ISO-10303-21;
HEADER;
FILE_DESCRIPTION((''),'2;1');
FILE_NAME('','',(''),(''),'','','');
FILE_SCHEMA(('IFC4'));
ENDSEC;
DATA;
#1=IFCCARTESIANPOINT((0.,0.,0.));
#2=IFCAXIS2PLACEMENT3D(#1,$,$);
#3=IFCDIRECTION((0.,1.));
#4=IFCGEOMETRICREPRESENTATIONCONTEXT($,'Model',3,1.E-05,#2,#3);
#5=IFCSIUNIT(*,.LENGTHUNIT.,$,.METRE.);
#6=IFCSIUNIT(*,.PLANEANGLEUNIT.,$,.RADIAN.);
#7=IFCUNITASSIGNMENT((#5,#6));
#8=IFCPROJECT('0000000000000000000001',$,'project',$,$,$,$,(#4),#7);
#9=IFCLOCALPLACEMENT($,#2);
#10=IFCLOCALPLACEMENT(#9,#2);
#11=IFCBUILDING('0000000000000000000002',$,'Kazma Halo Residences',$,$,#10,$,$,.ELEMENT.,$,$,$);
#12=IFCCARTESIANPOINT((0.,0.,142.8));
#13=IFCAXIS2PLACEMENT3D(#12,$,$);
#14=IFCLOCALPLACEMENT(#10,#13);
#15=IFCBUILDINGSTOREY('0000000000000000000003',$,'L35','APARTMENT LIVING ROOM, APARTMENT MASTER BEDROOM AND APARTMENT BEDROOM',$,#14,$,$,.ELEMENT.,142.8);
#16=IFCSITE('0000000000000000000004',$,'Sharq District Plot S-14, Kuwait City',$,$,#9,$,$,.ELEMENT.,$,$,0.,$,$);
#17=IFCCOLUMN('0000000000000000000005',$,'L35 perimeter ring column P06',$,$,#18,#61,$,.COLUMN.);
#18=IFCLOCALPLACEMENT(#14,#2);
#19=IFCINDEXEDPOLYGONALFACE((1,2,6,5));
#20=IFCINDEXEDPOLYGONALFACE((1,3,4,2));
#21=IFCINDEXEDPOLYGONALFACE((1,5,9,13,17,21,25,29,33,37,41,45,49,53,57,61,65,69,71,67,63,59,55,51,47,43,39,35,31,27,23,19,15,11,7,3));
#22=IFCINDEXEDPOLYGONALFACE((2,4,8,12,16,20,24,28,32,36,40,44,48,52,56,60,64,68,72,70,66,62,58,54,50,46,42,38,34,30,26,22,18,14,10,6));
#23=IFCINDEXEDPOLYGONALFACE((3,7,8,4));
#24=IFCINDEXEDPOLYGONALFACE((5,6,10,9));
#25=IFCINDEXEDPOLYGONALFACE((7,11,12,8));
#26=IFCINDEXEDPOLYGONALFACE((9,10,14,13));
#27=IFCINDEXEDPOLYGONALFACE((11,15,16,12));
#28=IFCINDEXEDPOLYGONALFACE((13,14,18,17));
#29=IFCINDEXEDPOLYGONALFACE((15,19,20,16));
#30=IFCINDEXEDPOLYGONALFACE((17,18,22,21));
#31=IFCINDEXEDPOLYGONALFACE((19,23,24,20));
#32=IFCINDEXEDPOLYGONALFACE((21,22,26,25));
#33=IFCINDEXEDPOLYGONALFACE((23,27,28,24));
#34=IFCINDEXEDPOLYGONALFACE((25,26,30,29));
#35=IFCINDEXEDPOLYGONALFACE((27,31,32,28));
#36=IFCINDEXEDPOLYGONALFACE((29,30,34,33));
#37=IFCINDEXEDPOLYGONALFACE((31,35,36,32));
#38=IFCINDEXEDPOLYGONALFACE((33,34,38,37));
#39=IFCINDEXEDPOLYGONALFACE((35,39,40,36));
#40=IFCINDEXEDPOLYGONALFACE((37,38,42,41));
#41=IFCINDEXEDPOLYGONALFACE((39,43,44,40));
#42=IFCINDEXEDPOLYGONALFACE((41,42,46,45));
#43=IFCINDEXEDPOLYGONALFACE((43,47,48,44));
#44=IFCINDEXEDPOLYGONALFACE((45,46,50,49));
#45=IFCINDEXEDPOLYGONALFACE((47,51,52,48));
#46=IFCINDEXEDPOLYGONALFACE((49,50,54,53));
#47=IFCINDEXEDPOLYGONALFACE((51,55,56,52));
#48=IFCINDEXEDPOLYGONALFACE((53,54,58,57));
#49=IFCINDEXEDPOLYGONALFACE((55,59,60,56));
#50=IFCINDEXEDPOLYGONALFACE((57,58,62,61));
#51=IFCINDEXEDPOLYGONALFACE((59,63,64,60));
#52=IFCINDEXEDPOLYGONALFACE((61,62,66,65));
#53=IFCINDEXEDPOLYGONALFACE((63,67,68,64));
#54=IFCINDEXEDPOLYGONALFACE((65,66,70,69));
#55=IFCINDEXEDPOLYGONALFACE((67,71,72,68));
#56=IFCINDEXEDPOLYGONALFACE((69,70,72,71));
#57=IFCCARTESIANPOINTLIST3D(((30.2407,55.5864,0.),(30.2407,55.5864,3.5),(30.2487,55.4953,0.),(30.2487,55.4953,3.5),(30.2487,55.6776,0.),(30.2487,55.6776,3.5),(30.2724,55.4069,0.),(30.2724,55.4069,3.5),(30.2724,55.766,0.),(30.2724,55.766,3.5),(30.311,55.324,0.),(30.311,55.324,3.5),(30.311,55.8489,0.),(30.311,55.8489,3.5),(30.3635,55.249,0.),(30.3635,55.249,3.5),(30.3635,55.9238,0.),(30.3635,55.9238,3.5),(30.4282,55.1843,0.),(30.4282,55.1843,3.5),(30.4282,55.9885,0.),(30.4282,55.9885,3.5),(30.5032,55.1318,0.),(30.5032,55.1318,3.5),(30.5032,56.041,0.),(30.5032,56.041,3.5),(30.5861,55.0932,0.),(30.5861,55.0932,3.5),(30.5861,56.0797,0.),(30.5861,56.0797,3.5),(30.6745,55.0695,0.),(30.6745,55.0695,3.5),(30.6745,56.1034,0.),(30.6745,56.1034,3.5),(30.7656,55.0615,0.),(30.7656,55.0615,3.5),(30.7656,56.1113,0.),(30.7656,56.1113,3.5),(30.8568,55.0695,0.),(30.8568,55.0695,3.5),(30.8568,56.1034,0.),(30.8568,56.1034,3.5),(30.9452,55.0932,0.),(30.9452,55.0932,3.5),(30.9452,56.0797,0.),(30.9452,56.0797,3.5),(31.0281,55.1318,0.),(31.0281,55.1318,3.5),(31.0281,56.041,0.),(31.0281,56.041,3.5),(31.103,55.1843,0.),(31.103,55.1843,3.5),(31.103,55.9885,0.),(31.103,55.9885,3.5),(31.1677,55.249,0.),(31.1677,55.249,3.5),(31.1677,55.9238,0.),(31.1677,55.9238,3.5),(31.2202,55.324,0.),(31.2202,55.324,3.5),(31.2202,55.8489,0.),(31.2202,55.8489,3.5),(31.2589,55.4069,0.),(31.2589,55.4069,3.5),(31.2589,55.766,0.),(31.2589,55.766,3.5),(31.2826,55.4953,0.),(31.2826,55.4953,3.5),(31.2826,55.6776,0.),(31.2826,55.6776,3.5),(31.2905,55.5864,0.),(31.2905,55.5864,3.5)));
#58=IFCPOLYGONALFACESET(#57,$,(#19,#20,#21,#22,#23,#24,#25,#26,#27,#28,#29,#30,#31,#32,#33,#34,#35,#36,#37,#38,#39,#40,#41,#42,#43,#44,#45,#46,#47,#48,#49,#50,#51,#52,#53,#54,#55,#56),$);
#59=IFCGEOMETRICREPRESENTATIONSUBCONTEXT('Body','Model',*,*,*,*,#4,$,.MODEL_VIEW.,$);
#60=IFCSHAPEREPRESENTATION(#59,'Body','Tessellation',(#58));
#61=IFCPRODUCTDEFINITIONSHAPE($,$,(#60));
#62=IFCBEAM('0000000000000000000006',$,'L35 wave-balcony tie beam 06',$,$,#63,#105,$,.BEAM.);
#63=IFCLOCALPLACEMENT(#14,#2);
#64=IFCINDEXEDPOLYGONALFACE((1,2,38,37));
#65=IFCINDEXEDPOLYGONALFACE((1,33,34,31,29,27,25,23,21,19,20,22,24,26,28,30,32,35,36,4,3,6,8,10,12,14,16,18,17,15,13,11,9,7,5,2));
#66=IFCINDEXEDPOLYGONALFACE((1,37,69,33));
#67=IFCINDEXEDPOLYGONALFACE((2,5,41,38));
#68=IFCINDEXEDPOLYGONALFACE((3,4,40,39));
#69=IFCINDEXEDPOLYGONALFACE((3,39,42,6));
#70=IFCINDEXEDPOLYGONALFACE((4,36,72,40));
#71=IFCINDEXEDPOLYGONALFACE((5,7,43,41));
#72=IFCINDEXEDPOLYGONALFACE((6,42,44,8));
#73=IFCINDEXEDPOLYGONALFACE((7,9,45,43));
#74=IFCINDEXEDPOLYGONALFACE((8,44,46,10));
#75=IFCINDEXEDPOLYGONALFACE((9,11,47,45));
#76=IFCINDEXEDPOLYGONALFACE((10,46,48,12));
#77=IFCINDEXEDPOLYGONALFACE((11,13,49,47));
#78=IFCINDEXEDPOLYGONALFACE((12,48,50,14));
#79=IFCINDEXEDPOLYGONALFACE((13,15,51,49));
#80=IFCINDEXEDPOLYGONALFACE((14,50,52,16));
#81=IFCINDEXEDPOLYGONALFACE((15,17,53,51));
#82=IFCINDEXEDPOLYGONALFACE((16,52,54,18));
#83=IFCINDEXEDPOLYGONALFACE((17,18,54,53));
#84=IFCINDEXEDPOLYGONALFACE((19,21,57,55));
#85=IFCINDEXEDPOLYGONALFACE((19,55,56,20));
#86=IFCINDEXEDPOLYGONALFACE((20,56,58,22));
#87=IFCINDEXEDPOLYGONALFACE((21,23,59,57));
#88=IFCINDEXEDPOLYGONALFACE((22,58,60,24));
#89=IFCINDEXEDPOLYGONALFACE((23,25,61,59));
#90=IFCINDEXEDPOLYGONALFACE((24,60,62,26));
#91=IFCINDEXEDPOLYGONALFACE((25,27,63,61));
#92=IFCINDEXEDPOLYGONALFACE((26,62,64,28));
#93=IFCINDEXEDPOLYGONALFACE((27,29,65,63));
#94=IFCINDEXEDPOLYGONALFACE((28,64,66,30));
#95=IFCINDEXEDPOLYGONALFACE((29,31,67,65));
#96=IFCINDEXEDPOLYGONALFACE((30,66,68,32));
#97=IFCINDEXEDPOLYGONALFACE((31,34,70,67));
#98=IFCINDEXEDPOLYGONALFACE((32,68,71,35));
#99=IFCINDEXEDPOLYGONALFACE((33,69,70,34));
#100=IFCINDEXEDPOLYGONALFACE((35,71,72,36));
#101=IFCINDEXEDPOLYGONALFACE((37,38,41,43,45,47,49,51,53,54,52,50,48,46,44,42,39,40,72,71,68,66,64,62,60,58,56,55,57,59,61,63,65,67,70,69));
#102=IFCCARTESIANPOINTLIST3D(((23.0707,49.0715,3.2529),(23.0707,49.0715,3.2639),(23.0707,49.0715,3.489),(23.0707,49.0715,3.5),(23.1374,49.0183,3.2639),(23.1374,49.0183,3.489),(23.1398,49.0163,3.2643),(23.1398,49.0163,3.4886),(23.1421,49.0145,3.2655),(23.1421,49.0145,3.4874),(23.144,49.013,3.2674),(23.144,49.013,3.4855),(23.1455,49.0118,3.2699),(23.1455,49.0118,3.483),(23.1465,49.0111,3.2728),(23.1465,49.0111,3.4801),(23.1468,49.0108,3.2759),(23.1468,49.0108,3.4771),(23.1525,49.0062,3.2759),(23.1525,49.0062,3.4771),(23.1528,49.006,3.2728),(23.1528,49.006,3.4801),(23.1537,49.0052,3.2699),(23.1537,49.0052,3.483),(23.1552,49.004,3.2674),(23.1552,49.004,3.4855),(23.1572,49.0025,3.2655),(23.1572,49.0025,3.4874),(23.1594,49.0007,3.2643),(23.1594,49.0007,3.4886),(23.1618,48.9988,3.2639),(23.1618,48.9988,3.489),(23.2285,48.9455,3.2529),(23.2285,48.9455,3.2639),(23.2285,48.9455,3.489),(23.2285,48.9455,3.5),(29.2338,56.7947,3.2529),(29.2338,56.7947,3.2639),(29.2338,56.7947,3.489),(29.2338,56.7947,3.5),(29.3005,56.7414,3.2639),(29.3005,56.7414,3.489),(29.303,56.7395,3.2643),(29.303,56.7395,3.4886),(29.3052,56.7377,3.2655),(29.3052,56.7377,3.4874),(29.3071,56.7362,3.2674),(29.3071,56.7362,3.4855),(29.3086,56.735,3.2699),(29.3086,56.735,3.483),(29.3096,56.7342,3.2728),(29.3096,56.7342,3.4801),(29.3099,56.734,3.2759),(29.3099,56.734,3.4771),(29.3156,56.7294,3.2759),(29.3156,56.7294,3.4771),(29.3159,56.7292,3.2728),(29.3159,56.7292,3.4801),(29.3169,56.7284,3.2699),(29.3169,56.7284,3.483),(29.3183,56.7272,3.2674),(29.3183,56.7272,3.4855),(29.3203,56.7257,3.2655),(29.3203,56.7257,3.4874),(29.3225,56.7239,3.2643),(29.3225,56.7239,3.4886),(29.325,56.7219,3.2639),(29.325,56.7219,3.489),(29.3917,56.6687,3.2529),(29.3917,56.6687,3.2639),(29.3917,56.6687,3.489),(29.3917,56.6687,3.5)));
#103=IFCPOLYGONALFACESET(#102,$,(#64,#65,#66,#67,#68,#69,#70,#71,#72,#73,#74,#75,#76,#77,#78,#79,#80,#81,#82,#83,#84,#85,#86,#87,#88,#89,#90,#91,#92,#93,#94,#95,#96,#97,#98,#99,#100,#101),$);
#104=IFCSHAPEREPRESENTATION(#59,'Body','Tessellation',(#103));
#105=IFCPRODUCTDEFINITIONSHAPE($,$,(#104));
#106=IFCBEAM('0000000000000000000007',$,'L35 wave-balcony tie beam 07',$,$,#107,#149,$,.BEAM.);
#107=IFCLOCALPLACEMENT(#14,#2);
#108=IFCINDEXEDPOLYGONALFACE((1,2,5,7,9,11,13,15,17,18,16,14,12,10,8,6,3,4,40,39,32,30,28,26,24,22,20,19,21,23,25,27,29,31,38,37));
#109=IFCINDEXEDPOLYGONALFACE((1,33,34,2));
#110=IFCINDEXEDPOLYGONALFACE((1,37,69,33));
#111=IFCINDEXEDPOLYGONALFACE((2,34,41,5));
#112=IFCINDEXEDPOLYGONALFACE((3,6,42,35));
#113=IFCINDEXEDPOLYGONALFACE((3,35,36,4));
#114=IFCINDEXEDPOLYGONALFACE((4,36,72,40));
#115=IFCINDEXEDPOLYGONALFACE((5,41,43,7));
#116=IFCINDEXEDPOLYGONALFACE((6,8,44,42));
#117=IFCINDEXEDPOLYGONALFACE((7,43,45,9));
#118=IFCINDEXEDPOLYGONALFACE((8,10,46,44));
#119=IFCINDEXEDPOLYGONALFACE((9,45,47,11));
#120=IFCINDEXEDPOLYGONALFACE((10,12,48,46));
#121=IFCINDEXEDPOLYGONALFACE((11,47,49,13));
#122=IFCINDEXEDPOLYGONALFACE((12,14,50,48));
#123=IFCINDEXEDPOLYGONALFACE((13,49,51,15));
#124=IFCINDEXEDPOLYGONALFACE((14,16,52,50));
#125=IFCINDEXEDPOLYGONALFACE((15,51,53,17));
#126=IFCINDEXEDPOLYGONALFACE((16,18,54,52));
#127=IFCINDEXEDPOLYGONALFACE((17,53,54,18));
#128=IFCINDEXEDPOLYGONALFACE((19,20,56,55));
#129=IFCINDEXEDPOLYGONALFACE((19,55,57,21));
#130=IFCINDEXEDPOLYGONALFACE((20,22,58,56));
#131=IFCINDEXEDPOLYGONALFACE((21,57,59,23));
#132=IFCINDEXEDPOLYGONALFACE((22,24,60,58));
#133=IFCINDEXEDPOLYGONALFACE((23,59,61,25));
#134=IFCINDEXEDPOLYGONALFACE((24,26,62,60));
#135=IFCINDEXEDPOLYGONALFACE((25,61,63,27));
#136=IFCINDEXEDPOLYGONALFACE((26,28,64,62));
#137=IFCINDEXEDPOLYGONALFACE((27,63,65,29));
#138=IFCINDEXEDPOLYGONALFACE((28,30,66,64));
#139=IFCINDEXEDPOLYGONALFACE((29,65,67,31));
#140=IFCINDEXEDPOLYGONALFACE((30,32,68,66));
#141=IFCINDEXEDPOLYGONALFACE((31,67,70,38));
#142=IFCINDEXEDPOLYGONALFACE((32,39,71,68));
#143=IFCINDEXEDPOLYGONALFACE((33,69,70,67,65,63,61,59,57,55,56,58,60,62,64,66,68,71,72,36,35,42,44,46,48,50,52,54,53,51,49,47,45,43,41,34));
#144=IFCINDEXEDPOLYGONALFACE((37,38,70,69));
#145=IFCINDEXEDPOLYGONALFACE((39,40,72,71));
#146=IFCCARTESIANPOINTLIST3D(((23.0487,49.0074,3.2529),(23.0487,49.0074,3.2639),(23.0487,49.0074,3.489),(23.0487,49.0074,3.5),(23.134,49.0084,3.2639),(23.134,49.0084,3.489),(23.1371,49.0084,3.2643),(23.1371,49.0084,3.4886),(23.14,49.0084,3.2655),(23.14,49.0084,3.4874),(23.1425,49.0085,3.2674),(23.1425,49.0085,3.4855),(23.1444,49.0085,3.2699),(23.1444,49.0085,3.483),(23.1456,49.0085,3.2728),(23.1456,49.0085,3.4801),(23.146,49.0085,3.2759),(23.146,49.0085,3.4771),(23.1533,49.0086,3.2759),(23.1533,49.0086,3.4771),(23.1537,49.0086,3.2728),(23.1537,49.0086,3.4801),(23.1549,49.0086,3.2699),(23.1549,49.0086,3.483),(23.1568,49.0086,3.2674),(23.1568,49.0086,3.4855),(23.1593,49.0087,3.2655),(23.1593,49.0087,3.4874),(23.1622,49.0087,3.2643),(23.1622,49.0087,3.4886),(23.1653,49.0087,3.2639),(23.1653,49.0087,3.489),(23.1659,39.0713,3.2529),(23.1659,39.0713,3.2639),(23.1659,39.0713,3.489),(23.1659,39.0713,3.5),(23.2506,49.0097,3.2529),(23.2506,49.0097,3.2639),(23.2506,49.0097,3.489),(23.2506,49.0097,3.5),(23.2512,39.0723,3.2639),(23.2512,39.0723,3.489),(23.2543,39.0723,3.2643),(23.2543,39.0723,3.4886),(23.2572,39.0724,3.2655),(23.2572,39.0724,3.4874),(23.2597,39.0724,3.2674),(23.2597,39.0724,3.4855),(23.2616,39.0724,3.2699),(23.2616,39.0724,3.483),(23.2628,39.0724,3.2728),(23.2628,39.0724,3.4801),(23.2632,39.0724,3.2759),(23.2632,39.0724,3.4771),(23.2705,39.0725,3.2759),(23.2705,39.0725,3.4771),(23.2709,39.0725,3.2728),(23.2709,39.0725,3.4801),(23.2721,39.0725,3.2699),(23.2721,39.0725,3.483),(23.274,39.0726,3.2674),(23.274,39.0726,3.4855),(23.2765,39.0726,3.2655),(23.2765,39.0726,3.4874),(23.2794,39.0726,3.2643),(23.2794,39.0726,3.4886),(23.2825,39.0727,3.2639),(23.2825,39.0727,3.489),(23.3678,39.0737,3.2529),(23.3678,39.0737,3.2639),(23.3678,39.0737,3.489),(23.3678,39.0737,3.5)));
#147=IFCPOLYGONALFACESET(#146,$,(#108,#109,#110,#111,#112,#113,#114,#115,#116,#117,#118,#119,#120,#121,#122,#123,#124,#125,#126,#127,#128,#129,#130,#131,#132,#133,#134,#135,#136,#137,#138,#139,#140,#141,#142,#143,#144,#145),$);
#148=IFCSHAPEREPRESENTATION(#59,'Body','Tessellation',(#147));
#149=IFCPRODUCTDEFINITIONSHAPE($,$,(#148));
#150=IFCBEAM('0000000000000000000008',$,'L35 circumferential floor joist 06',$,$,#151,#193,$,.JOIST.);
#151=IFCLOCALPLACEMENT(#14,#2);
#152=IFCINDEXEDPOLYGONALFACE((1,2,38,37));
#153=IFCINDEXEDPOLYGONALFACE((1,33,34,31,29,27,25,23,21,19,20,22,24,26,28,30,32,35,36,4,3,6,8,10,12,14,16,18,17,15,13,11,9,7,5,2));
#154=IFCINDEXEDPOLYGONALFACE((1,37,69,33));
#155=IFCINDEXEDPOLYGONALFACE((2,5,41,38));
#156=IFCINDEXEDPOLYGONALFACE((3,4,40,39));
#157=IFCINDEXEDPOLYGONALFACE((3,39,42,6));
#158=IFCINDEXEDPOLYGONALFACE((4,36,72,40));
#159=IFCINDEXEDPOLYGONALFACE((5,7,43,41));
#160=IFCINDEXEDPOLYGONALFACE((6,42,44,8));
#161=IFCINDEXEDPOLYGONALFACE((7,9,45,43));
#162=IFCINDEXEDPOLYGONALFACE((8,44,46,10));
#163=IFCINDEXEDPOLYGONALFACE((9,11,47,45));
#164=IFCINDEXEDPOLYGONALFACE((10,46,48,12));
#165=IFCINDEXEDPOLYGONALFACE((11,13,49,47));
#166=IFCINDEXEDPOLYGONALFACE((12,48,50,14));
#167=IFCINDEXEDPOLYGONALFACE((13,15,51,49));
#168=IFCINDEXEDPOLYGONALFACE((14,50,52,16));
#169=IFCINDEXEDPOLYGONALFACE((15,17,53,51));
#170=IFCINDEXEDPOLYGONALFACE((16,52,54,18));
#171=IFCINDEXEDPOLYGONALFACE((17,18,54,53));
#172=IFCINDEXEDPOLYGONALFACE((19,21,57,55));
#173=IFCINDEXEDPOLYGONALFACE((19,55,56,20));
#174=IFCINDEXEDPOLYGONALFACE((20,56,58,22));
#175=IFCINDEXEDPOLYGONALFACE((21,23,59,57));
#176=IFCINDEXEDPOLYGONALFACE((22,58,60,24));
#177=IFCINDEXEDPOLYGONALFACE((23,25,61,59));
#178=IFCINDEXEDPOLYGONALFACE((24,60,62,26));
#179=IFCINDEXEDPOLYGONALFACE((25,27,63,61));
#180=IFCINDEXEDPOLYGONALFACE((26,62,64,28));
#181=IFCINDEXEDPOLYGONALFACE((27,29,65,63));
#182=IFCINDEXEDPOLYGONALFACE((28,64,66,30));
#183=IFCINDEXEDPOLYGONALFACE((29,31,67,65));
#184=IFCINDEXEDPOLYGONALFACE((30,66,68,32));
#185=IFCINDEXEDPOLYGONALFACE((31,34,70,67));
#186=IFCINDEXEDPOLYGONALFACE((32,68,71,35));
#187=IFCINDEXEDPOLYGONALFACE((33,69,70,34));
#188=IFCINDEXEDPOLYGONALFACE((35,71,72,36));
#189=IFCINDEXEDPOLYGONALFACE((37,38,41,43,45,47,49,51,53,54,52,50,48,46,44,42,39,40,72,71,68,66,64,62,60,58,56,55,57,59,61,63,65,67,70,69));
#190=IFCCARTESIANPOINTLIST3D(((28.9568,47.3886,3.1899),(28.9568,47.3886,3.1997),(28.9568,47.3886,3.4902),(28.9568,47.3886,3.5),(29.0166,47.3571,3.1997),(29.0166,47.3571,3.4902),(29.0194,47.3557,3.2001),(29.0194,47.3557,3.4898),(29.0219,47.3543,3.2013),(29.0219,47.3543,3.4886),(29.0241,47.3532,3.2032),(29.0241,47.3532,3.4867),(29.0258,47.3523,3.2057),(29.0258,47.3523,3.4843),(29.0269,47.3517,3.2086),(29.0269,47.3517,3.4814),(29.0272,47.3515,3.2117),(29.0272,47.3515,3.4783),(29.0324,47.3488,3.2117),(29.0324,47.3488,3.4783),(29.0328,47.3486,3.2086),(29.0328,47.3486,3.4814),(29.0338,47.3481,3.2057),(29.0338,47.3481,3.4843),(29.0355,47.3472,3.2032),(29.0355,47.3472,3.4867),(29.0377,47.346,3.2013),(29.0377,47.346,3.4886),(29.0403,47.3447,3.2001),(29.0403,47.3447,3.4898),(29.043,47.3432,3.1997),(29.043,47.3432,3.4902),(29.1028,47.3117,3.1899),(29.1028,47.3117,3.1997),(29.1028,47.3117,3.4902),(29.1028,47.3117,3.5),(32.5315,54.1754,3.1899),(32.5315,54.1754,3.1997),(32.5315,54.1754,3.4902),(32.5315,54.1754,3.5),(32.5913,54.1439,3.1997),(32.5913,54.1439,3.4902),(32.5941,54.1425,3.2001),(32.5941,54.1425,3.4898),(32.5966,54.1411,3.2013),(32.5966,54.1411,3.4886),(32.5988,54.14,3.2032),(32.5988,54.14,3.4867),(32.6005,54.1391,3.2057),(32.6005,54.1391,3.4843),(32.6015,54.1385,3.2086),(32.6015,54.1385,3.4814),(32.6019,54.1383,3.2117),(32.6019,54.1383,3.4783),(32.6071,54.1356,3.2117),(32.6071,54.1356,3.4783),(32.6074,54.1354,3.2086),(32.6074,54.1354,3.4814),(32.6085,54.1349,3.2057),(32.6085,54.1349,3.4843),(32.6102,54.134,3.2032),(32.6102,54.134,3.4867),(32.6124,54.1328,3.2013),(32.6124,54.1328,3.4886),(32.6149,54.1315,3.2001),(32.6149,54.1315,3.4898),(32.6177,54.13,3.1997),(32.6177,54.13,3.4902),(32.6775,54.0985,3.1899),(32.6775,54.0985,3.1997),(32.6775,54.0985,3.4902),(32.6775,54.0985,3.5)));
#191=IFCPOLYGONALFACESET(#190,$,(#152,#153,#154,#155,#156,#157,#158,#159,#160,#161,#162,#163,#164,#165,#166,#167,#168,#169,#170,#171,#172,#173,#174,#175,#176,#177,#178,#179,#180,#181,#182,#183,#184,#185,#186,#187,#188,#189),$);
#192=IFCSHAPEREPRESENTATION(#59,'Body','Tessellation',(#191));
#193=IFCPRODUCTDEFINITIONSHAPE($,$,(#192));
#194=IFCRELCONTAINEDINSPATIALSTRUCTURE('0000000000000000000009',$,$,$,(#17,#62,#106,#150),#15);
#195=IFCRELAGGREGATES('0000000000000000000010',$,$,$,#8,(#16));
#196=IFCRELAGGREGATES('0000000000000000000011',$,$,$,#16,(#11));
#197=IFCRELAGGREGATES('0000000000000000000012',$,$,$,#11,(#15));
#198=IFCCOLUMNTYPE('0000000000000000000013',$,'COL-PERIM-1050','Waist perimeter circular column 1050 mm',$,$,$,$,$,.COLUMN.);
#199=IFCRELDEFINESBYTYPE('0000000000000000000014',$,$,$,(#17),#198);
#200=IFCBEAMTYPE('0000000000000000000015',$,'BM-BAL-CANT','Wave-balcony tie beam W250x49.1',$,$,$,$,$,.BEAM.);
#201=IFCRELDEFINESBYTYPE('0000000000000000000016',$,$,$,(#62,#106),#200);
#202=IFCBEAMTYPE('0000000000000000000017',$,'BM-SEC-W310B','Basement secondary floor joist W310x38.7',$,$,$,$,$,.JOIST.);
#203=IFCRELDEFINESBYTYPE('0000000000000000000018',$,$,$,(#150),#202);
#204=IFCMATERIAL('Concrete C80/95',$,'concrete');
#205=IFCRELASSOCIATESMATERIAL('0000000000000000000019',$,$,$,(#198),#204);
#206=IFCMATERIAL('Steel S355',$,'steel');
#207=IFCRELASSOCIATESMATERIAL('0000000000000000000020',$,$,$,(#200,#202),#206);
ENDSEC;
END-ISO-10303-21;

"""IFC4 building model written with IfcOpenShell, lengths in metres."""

from ifc_helpers import new_model, si_unit, direction, frame, origin, origin_2d, place, context, subcontext, project, spatial, circle, i_section, extrude, material, material_profile, profile_set, type_object, element, save


model = new_model("IFC4")

# Units and contexts
model_context = context("Model", 3, precision=1e-05, world=origin(), true_north=direction((0.0, 1.0)))
body_context = subcontext(model_context, "Body", "Model", "MODEL_VIEW")
ifc_project = project(units=[si_unit("LENGTHUNIT", "METRE"), si_unit("PLANEANGLEUNIT", "RADIAN")], contexts=[model_context])

# Site, building, storey
site_placement = place(None, origin())
site = spatial("IfcSite", under=ifc_project, at=site_placement, Name="Sharq District Plot S-14, Kuwait City", CompositionType="ELEMENT", RefElevation=0.0)
building_placement = place(site_placement, origin())
building = spatial("IfcBuilding", under=site, at=building_placement, Name="Kazma Halo Residences", CompositionType="ELEMENT")
storey_placement = place(building_placement, frame((0.0, 0.0, 142.8)))
storey = spatial("IfcBuildingStorey", under=building, at=storey_placement, Name="L35", Description="APARTMENT LIVING ROOM, APARTMENT MASTER BEDROOM AND APARTMENT BEDROOM", CompositionType="ELEMENT", Elevation=142.8)

# Column
ifc_material_1 = material(Name="Concrete C80/95", Category="concrete")
ifc_material_profile_1 = material_profile(ifc_material_1, circle(Radius=0.5249, at=origin_2d()), Name="CIRC1050")
ifc_profile_set_1 = profile_set([ifc_material_profile_1], Name="Concrete C80/95")
column_type = type_object("IfcColumnType", Name="COL-PERIM-1050", Description="Waist perimeter circular column 1050 mm", PredefinedType="COLUMN", material=ifc_profile_set_1)
column_placement = place(storey_placement, frame((30.7656, 55.5864, 0.0), z_axis=(0.0, 0.0, 1.0), x_axis=(1.0, 0.0, 0.0)))
element("IfcColumn", 1, at=column_placement, inside=storey, type_object=column_type, Name="L35 perimeter ring column P06", PredefinedType="COLUMN", context=body_context, shape_type="SweptSolid", body=[
    extrude(circle(Radius=0.5249, at=origin_2d()), origin(), (0.0, 0.0, 1.0), 3.5),
])

# Beams
ifc_material_2 = material(Name="Steel S355", Category="steel")
ifc_material_profile_2 = material_profile(ifc_material_2, i_section(OverallWidth=0.2019, OverallDepth=0.2471, WebThickness=0.0073, FlangeThickness=0.011, FilletRadius=0.012, at=origin_2d()), Name="W250x49.1")
ifc_profile_set_2 = profile_set([ifc_material_profile_2], Name="Steel S355")
beam_type_1 = type_object("IfcBeamType", Name="BM-BAL-CANT", Description="Wave-balcony tie beam W250x49.1", PredefinedType="BEAM", material=ifc_profile_set_2)
beam_1_placement = place(storey_placement, frame((29.3127, 56.7317, 3.3765), z_axis=(-0.623742, -0.78163, 0.0), x_axis=(0.78163, -0.623742, 0.0)))
element("IfcBeam", 2, at=beam_1_placement, inside=storey, type_object=beam_type_1, Name="L35 wave-balcony tie beam 06", PredefinedType="BEAM", context=body_context, shape_type="SweptSolid", body=[
    extrude(i_section(OverallWidth=0.2019, OverallDepth=0.2471, WebThickness=0.0073, FlangeThickness=0.011, FilletRadius=0.012, at=origin_2d()), origin(), (0.0, 0.0, 1.0), 9.8809),
])
beam_2_placement = place(storey_placement, frame((23.1497, 49.0085, 3.3765), z_axis=(0.011793, -0.99993, 0.0), x_axis=(0.99993, 0.011793, 0.0)))
element("IfcBeam", 3, at=beam_2_placement, inside=storey, type_object=beam_type_1, Name="L35 wave-balcony tie beam 07", PredefinedType="BEAM", context=body_context, shape_type="SweptSolid", body=[
    extrude(i_section(OverallWidth=0.2019, OverallDepth=0.2471, WebThickness=0.0073, FlangeThickness=0.011, FilletRadius=0.012, at=origin_2d()), origin(), (0.0, 0.0, 1.0), 9.9368),
])
ifc_material_profile_3 = material_profile(ifc_material_2, i_section(OverallWidth=0.165, OverallDepth=0.3101, WebThickness=0.0059, FlangeThickness=0.0098, FilletRadius=0.012, at=origin_2d()), Name="W310x38.7")
ifc_profile_set_3 = profile_set([ifc_material_profile_3], Name="Steel S355")
beam_type_2 = type_object("IfcBeamType", Name="BM-SEC-W310B", Description="Basement secondary floor joist W310x38.7", PredefinedType="JOIST", material=ifc_profile_set_3)
beam_3_placement = place(storey_placement, frame((32.6045, 54.137, 3.345), z_axis=(-0.466019, -0.884775, 0.0), x_axis=(0.884775, -0.466019, 0.0)))
element("IfcBeam", 4, at=beam_3_placement, inside=storey, type_object=beam_type_2, Name="L35 circumferential floor joist 06", PredefinedType="JOIST", context=body_context, shape_type="SweptSolid", body=[
    extrude(i_section(OverallWidth=0.165, OverallDepth=0.3101, WebThickness=0.0059, FlangeThickness=0.0098, FilletRadius=0.012, at=origin_2d()), origin(), (0.0, 0.0, 1.0), 7.6707),
])

save(model, "model.ifc")
